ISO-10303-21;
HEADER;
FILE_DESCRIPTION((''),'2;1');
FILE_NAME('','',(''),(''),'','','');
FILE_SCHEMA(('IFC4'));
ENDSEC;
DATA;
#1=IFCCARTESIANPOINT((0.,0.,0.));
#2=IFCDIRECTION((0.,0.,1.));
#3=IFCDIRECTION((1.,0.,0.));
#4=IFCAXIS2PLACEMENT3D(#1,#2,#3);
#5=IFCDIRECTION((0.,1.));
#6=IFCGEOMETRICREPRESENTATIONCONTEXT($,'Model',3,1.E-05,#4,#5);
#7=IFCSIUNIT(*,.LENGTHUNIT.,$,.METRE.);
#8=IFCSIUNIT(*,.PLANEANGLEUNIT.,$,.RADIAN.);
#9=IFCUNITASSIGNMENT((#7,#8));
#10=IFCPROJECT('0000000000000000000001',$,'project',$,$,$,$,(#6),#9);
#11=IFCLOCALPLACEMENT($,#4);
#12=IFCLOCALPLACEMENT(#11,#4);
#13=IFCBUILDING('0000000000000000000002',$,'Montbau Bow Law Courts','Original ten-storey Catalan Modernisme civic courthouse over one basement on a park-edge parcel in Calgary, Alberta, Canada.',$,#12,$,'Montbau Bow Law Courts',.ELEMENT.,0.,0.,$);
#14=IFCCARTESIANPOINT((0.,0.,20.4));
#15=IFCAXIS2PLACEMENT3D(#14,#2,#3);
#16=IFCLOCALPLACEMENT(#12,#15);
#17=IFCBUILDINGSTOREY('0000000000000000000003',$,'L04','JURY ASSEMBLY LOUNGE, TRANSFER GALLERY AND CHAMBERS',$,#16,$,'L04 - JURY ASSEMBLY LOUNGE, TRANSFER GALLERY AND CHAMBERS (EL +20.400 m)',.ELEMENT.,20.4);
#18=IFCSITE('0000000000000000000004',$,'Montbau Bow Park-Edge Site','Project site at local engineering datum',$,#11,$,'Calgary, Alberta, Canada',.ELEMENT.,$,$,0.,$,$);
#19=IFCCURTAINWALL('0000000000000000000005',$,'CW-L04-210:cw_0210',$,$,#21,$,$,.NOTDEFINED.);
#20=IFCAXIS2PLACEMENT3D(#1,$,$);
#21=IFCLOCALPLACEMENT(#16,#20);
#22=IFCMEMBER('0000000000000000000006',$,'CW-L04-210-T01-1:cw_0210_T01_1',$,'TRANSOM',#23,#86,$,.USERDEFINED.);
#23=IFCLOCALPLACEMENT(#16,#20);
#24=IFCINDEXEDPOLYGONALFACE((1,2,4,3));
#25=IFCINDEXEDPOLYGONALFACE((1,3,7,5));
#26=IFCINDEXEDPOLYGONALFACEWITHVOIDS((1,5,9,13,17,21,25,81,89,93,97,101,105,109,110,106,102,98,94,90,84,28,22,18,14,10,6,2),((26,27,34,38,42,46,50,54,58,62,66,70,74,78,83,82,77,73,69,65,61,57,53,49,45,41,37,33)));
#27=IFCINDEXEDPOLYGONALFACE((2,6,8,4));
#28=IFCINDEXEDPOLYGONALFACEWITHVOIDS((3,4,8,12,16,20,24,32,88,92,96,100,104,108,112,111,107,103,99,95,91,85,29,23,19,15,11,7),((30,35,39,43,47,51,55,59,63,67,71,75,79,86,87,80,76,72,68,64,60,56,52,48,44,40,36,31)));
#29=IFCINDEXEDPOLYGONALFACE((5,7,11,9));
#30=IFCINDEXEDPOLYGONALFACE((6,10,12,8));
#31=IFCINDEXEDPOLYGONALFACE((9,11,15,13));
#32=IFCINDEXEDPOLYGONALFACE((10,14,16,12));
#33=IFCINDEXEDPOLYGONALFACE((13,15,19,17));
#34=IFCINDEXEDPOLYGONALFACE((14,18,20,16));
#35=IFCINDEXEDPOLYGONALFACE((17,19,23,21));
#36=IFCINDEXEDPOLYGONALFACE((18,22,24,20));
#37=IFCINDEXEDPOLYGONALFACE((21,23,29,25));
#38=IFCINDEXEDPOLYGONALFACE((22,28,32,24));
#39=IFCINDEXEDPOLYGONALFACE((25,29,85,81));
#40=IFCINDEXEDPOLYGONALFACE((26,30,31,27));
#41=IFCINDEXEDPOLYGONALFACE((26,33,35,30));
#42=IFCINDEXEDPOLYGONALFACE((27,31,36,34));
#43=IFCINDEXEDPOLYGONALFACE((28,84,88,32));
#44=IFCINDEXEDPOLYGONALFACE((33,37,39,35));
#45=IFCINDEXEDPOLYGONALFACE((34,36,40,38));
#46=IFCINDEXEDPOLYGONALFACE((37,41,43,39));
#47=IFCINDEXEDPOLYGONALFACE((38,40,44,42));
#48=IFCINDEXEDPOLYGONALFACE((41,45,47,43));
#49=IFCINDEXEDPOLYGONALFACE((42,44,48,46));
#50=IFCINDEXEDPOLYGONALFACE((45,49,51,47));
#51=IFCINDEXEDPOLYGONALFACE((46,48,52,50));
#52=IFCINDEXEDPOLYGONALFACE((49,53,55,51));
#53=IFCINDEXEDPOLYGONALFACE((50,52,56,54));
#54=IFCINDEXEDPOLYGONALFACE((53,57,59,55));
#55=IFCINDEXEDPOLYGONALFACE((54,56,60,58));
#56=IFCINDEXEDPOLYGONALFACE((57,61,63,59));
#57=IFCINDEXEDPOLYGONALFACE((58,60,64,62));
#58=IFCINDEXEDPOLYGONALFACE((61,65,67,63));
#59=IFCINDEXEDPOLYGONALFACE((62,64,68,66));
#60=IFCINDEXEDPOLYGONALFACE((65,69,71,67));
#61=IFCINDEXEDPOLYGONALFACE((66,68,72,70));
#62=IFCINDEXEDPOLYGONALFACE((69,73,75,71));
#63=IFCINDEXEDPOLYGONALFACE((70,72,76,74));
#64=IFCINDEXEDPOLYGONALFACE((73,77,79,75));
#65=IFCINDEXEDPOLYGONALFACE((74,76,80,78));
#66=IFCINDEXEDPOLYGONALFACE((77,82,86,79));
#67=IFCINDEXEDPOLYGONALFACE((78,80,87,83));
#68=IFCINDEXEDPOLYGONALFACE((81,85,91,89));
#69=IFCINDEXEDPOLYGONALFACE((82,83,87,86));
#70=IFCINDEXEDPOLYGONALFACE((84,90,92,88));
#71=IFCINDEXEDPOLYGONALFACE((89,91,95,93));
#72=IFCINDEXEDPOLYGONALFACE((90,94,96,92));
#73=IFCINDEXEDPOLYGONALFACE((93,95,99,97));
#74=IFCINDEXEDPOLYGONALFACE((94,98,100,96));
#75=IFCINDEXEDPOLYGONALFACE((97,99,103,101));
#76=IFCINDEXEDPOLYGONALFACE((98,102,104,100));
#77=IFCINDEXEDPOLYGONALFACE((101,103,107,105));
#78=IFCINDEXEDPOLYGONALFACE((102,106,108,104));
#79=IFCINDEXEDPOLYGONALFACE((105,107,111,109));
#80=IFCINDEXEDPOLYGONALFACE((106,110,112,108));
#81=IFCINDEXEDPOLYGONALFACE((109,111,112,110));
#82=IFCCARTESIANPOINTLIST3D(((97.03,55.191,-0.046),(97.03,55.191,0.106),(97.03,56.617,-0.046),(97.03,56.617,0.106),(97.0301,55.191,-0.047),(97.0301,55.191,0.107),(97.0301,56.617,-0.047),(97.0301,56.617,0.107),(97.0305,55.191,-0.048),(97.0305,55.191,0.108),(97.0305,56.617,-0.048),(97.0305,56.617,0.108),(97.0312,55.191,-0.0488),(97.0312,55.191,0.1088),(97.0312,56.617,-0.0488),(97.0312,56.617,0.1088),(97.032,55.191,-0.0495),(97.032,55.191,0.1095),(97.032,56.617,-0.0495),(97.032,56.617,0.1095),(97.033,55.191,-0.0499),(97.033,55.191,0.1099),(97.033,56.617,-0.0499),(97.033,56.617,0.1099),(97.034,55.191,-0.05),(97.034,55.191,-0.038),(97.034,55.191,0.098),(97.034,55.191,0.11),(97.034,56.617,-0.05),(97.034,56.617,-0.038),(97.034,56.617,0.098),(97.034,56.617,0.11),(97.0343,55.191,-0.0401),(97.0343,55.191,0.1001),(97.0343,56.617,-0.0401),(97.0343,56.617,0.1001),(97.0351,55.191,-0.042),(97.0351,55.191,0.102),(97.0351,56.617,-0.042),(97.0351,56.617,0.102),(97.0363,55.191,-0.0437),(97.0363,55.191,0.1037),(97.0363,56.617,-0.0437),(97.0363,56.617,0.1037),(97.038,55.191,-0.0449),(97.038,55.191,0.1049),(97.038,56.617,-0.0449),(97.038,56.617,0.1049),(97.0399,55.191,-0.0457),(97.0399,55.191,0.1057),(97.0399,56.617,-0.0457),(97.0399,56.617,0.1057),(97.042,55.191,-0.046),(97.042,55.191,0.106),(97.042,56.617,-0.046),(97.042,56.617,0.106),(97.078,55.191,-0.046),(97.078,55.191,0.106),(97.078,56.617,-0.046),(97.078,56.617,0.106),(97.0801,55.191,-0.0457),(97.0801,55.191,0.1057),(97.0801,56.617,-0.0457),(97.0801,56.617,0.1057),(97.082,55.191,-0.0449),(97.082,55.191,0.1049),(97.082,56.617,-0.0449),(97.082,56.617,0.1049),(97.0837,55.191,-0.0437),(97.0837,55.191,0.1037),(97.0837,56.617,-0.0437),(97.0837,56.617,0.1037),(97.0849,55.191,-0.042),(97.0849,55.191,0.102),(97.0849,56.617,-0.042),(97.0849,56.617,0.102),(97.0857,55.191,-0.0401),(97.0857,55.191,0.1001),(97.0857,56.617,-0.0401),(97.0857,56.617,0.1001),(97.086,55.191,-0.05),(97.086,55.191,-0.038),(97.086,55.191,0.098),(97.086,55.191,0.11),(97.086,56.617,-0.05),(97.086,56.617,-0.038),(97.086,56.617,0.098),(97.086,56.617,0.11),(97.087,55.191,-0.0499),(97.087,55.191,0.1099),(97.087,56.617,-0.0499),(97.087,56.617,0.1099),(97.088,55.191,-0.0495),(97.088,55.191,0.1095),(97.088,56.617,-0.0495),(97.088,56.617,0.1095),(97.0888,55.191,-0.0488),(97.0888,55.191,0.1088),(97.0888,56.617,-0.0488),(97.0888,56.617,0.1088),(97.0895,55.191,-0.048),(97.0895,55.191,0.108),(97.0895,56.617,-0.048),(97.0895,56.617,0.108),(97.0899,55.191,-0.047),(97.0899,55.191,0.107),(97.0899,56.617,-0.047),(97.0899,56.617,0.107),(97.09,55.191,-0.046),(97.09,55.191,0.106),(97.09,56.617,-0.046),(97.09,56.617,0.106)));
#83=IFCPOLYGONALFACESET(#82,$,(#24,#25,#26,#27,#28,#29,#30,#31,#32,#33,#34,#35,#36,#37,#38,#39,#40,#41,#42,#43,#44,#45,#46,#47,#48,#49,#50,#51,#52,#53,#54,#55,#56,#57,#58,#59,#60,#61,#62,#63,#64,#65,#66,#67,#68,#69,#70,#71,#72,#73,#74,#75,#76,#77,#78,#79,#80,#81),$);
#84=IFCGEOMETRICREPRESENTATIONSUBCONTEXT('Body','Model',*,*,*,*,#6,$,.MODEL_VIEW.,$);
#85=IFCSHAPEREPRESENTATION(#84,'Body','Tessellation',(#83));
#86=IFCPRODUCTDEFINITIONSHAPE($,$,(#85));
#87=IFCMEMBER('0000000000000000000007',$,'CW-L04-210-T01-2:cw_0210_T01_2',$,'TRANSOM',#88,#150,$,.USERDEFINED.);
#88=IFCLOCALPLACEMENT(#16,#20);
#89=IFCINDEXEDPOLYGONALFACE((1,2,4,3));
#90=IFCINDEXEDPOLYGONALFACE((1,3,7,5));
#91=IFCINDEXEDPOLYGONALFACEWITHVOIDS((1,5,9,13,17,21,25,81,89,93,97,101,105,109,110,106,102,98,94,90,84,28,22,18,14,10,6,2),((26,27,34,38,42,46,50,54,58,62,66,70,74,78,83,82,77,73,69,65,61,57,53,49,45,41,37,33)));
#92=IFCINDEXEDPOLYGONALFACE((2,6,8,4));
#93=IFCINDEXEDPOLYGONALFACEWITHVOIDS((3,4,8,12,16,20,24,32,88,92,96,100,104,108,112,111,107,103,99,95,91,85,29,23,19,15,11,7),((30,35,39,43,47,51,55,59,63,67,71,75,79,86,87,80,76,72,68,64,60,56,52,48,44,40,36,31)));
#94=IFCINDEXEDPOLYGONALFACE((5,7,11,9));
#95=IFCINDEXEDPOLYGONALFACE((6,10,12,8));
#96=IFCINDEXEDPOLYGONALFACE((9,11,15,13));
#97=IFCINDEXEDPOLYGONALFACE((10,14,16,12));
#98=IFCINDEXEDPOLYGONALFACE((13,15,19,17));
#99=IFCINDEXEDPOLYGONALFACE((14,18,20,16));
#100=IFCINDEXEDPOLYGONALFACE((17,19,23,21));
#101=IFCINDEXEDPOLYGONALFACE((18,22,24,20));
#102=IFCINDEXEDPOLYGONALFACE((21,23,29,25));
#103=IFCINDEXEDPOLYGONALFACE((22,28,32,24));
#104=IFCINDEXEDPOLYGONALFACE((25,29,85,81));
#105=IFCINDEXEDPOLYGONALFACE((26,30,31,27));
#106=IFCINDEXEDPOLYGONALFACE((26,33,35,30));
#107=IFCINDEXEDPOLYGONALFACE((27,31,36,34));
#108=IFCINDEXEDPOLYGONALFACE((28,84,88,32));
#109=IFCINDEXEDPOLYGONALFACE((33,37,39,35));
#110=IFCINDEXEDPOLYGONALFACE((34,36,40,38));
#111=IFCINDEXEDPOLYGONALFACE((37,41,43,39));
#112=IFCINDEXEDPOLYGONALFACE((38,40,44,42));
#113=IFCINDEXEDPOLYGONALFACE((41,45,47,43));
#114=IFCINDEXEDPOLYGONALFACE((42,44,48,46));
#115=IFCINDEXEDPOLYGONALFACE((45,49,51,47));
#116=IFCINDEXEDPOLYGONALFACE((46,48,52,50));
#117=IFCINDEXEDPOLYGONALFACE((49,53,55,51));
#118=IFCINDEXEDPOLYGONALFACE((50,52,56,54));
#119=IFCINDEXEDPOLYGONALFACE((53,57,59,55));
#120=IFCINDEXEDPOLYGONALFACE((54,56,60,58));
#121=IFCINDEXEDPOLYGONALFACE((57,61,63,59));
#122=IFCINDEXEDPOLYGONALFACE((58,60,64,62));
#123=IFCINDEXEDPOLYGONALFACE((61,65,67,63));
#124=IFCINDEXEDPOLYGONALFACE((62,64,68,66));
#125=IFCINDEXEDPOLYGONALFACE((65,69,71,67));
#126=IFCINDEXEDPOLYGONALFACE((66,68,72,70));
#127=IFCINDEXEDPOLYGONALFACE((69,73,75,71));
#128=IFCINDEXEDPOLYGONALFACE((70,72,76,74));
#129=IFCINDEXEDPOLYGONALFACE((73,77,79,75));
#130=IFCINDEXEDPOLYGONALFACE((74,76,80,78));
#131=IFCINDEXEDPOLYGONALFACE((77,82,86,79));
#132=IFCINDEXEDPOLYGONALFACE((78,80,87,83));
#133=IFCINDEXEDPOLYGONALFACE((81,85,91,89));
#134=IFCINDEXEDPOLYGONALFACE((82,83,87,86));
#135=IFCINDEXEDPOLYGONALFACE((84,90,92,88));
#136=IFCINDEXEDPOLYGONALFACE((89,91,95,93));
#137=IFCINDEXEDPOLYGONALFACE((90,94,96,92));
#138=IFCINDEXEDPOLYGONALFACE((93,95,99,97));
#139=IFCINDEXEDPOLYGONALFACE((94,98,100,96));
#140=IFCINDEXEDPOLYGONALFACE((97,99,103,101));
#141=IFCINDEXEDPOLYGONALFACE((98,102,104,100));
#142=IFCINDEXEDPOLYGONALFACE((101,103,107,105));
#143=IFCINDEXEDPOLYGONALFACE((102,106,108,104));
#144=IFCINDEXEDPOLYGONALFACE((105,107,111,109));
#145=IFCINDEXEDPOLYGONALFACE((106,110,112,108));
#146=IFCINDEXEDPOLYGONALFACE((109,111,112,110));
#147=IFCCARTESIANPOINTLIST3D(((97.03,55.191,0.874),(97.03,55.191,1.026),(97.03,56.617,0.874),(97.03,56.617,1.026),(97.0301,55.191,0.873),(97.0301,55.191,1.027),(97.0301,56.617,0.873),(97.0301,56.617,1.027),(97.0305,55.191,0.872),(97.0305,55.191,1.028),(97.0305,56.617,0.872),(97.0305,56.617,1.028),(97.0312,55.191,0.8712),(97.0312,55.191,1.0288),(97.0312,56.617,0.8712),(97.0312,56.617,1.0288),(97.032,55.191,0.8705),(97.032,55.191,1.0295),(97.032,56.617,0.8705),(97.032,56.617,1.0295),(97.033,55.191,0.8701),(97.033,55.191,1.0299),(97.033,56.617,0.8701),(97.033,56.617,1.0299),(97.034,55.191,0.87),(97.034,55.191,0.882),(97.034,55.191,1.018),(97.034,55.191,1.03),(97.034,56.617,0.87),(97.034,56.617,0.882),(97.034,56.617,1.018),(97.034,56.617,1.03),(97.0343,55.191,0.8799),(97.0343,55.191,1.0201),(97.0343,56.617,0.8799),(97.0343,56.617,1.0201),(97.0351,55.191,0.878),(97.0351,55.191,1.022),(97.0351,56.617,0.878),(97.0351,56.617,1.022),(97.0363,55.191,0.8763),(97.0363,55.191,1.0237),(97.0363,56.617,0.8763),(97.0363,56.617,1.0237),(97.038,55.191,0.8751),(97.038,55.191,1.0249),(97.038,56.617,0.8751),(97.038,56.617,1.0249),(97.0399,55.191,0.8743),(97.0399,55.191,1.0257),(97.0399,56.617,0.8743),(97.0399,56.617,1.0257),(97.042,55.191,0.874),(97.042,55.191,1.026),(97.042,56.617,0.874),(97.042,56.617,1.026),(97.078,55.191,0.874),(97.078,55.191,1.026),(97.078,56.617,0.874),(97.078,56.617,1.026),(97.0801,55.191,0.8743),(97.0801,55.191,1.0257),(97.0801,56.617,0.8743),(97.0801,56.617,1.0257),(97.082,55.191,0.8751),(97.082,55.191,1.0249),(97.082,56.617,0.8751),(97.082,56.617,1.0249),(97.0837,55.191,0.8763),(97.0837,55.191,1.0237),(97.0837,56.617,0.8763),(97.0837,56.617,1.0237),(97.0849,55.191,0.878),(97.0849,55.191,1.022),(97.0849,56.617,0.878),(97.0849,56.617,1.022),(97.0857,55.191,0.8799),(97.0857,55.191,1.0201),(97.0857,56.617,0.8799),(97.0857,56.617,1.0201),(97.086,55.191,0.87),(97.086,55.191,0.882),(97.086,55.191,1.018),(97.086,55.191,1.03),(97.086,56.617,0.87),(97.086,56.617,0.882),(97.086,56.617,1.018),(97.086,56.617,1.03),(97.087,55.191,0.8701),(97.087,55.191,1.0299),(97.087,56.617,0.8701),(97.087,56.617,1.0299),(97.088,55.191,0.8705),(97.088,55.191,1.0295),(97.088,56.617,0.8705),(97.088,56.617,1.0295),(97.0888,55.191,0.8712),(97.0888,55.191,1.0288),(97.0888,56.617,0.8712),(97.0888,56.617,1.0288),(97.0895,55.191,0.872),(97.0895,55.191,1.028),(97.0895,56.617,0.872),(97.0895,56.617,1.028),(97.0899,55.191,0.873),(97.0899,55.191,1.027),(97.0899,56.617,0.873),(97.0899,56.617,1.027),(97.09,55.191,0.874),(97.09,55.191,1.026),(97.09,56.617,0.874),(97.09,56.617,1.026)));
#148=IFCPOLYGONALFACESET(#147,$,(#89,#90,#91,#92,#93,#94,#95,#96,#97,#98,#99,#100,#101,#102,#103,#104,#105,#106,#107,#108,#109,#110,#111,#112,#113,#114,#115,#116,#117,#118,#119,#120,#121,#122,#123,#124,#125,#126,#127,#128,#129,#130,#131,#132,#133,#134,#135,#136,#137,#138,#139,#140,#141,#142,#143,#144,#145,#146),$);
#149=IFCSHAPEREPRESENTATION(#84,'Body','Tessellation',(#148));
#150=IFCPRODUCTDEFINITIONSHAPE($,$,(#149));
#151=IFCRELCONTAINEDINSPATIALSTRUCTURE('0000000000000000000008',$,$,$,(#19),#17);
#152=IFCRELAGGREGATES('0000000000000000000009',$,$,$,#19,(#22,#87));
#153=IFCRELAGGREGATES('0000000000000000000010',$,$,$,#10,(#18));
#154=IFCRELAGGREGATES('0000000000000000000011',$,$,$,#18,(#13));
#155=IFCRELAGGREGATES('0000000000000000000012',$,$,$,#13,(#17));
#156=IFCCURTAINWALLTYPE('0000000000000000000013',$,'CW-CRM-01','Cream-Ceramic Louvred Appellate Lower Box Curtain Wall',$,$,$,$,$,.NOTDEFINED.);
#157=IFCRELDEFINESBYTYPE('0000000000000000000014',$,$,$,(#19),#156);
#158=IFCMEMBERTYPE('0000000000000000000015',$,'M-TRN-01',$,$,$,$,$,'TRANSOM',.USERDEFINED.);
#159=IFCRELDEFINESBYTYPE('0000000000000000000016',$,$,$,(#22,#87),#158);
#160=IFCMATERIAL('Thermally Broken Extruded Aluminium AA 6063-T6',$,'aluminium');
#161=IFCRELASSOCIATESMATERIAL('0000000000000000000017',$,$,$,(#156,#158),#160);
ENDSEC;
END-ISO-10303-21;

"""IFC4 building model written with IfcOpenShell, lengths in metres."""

from ifc_helpers import new_model, si_unit, direction, frame, origin_with_axes, origin_2d_with_axis, place, context, subcontext, project, spatial, hollow_rectangle, extrude, material, material_profile, profile_set, type_object, element, aggregate, save


model = new_model("IFC4")

# Units and contexts
model_context = context("Model", 3, precision=1e-05, world=origin_with_axes(), true_north=direction((0.0, 1.0)))
body_context = subcontext(model_context, "Body", "Model", "MODEL_VIEW")
ifc_project = project(units=[si_unit("LENGTHUNIT", "METRE"), si_unit("PLANEANGLEUNIT", "RADIAN")], contexts=[model_context])

# Site, building, storey
site_placement = place(None, origin_with_axes())
site = spatial("IfcSite", under=ifc_project, at=site_placement, Name="Montbau Bow Park-Edge Site", Description="Project site at local engineering datum", LongName="Calgary, Alberta, Canada", CompositionType="ELEMENT", RefElevation=0.0)
building_placement = place(site_placement, origin_with_axes())
building = spatial("IfcBuilding", under=site, at=building_placement, Name="Montbau Bow Law Courts", Description="Original ten-storey Catalan Modernisme civic courthouse over one basement on a park-edge parcel in Calgary, Alberta, Canada.", LongName="Montbau Bow Law Courts", CompositionType="ELEMENT", ElevationOfRefHeight=0.0, ElevationOfTerrain=0.0)
storey_placement = place(building_placement, frame((0.0, 0.0, 20.4), z_axis=(0.0, 0.0, 1.0), x_axis=(1.0, 0.0, 0.0)))
storey = spatial("IfcBuildingStorey", under=building, at=storey_placement, Name="L04", Description="JURY ASSEMBLY LOUNGE, TRANSFER GALLERY AND CHAMBERS", LongName="L04 - JURY ASSEMBLY LOUNGE, TRANSFER GALLERY AND CHAMBERS (EL +20.400 m)", CompositionType="ELEMENT", Elevation=20.4)

# Curtain wall
ifc_material_1 = material(Name="Thermally Broken Extruded Aluminium AA 6063-T6", Category="aluminium")
curtain_wall_type = type_object("IfcCurtainWallType", Name="CW-CRM-01", Description="Cream-Ceramic Louvred Appellate Lower Box Curtain Wall", PredefinedType="NOTDEFINED", material=ifc_material_1)
curtain_wall_1_placement = place(None, frame((97.06, 55.115, 20.4), z_axis=(0.0, 0.0, 1.0), x_axis=(1.0, 0.0, 0.0)))
curtain_wall_1 = element("IfcCurtainWall", 1, at=curtain_wall_1_placement, inside=storey, type_object=curtain_wall_type, Name="CW-L04-210:cw_0210", PredefinedType="NOTDEFINED")

# Members
ifc_material_profile_1 = material_profile(ifc_material_1, hollow_rectangle(XDim=0.06, YDim=0.16, WallThickness=0.004, InnerFilletRadius=0.008, OuterFilletRadius=0.004, at=origin_2d_with_axis()), Name="CWT-160X60", Category="Main", Priority=0)
ifc_profile_set_1 = profile_set([ifc_material_profile_1], Name="Thermally Broken Extruded Aluminium AA 6063-T6")
member_type_1 = type_object("IfcMemberType", Name="M-TRN-01", ElementType="TRANSOM", PredefinedType="USERDEFINED", material=ifc_profile_set_1)
member_1_placement = place(None, frame((97.06, 55.191, 20.43), z_axis=(0.0, 1.0, 0.0), x_axis=(-1.0, 0.0, 0.0)))
member_1 = element("IfcMember", 2, at=member_1_placement, type_object=member_type_1, Name="CW-L04-210-T01-1:cw_0210_T01_1", ObjectType="TRANSOM", PredefinedType="USERDEFINED", context=body_context, shape_type="SweptSolid", body=[
    extrude(hollow_rectangle(XDim=0.06, YDim=0.16, WallThickness=0.004, InnerFilletRadius=0.008, OuterFilletRadius=0.004, at=origin_2d_with_axis()), origin_with_axes(), (0.0, 0.0, 1.0), 1.426),
])
member_2_placement = place(None, frame((97.06, 55.191, 21.35), z_axis=(0.0, 1.0, 0.0), x_axis=(-1.0, 0.0, 0.0)))
member_2 = element("IfcMember", 3, at=member_2_placement, type_object=member_type_1, Name="CW-L04-210-T01-2:cw_0210_T01_2", ObjectType="TRANSOM", PredefinedType="USERDEFINED", context=body_context, shape_type="SweptSolid", body=[
    extrude(hollow_rectangle(XDim=0.06, YDim=0.16, WallThickness=0.004, InnerFilletRadius=0.008, OuterFilletRadius=0.004, at=origin_2d_with_axis()), origin_with_axes(), (0.0, 0.0, 1.0), 1.426),
])

aggregate(curtain_wall_1, [member_1, member_2])

save(model, "model.ifc")
